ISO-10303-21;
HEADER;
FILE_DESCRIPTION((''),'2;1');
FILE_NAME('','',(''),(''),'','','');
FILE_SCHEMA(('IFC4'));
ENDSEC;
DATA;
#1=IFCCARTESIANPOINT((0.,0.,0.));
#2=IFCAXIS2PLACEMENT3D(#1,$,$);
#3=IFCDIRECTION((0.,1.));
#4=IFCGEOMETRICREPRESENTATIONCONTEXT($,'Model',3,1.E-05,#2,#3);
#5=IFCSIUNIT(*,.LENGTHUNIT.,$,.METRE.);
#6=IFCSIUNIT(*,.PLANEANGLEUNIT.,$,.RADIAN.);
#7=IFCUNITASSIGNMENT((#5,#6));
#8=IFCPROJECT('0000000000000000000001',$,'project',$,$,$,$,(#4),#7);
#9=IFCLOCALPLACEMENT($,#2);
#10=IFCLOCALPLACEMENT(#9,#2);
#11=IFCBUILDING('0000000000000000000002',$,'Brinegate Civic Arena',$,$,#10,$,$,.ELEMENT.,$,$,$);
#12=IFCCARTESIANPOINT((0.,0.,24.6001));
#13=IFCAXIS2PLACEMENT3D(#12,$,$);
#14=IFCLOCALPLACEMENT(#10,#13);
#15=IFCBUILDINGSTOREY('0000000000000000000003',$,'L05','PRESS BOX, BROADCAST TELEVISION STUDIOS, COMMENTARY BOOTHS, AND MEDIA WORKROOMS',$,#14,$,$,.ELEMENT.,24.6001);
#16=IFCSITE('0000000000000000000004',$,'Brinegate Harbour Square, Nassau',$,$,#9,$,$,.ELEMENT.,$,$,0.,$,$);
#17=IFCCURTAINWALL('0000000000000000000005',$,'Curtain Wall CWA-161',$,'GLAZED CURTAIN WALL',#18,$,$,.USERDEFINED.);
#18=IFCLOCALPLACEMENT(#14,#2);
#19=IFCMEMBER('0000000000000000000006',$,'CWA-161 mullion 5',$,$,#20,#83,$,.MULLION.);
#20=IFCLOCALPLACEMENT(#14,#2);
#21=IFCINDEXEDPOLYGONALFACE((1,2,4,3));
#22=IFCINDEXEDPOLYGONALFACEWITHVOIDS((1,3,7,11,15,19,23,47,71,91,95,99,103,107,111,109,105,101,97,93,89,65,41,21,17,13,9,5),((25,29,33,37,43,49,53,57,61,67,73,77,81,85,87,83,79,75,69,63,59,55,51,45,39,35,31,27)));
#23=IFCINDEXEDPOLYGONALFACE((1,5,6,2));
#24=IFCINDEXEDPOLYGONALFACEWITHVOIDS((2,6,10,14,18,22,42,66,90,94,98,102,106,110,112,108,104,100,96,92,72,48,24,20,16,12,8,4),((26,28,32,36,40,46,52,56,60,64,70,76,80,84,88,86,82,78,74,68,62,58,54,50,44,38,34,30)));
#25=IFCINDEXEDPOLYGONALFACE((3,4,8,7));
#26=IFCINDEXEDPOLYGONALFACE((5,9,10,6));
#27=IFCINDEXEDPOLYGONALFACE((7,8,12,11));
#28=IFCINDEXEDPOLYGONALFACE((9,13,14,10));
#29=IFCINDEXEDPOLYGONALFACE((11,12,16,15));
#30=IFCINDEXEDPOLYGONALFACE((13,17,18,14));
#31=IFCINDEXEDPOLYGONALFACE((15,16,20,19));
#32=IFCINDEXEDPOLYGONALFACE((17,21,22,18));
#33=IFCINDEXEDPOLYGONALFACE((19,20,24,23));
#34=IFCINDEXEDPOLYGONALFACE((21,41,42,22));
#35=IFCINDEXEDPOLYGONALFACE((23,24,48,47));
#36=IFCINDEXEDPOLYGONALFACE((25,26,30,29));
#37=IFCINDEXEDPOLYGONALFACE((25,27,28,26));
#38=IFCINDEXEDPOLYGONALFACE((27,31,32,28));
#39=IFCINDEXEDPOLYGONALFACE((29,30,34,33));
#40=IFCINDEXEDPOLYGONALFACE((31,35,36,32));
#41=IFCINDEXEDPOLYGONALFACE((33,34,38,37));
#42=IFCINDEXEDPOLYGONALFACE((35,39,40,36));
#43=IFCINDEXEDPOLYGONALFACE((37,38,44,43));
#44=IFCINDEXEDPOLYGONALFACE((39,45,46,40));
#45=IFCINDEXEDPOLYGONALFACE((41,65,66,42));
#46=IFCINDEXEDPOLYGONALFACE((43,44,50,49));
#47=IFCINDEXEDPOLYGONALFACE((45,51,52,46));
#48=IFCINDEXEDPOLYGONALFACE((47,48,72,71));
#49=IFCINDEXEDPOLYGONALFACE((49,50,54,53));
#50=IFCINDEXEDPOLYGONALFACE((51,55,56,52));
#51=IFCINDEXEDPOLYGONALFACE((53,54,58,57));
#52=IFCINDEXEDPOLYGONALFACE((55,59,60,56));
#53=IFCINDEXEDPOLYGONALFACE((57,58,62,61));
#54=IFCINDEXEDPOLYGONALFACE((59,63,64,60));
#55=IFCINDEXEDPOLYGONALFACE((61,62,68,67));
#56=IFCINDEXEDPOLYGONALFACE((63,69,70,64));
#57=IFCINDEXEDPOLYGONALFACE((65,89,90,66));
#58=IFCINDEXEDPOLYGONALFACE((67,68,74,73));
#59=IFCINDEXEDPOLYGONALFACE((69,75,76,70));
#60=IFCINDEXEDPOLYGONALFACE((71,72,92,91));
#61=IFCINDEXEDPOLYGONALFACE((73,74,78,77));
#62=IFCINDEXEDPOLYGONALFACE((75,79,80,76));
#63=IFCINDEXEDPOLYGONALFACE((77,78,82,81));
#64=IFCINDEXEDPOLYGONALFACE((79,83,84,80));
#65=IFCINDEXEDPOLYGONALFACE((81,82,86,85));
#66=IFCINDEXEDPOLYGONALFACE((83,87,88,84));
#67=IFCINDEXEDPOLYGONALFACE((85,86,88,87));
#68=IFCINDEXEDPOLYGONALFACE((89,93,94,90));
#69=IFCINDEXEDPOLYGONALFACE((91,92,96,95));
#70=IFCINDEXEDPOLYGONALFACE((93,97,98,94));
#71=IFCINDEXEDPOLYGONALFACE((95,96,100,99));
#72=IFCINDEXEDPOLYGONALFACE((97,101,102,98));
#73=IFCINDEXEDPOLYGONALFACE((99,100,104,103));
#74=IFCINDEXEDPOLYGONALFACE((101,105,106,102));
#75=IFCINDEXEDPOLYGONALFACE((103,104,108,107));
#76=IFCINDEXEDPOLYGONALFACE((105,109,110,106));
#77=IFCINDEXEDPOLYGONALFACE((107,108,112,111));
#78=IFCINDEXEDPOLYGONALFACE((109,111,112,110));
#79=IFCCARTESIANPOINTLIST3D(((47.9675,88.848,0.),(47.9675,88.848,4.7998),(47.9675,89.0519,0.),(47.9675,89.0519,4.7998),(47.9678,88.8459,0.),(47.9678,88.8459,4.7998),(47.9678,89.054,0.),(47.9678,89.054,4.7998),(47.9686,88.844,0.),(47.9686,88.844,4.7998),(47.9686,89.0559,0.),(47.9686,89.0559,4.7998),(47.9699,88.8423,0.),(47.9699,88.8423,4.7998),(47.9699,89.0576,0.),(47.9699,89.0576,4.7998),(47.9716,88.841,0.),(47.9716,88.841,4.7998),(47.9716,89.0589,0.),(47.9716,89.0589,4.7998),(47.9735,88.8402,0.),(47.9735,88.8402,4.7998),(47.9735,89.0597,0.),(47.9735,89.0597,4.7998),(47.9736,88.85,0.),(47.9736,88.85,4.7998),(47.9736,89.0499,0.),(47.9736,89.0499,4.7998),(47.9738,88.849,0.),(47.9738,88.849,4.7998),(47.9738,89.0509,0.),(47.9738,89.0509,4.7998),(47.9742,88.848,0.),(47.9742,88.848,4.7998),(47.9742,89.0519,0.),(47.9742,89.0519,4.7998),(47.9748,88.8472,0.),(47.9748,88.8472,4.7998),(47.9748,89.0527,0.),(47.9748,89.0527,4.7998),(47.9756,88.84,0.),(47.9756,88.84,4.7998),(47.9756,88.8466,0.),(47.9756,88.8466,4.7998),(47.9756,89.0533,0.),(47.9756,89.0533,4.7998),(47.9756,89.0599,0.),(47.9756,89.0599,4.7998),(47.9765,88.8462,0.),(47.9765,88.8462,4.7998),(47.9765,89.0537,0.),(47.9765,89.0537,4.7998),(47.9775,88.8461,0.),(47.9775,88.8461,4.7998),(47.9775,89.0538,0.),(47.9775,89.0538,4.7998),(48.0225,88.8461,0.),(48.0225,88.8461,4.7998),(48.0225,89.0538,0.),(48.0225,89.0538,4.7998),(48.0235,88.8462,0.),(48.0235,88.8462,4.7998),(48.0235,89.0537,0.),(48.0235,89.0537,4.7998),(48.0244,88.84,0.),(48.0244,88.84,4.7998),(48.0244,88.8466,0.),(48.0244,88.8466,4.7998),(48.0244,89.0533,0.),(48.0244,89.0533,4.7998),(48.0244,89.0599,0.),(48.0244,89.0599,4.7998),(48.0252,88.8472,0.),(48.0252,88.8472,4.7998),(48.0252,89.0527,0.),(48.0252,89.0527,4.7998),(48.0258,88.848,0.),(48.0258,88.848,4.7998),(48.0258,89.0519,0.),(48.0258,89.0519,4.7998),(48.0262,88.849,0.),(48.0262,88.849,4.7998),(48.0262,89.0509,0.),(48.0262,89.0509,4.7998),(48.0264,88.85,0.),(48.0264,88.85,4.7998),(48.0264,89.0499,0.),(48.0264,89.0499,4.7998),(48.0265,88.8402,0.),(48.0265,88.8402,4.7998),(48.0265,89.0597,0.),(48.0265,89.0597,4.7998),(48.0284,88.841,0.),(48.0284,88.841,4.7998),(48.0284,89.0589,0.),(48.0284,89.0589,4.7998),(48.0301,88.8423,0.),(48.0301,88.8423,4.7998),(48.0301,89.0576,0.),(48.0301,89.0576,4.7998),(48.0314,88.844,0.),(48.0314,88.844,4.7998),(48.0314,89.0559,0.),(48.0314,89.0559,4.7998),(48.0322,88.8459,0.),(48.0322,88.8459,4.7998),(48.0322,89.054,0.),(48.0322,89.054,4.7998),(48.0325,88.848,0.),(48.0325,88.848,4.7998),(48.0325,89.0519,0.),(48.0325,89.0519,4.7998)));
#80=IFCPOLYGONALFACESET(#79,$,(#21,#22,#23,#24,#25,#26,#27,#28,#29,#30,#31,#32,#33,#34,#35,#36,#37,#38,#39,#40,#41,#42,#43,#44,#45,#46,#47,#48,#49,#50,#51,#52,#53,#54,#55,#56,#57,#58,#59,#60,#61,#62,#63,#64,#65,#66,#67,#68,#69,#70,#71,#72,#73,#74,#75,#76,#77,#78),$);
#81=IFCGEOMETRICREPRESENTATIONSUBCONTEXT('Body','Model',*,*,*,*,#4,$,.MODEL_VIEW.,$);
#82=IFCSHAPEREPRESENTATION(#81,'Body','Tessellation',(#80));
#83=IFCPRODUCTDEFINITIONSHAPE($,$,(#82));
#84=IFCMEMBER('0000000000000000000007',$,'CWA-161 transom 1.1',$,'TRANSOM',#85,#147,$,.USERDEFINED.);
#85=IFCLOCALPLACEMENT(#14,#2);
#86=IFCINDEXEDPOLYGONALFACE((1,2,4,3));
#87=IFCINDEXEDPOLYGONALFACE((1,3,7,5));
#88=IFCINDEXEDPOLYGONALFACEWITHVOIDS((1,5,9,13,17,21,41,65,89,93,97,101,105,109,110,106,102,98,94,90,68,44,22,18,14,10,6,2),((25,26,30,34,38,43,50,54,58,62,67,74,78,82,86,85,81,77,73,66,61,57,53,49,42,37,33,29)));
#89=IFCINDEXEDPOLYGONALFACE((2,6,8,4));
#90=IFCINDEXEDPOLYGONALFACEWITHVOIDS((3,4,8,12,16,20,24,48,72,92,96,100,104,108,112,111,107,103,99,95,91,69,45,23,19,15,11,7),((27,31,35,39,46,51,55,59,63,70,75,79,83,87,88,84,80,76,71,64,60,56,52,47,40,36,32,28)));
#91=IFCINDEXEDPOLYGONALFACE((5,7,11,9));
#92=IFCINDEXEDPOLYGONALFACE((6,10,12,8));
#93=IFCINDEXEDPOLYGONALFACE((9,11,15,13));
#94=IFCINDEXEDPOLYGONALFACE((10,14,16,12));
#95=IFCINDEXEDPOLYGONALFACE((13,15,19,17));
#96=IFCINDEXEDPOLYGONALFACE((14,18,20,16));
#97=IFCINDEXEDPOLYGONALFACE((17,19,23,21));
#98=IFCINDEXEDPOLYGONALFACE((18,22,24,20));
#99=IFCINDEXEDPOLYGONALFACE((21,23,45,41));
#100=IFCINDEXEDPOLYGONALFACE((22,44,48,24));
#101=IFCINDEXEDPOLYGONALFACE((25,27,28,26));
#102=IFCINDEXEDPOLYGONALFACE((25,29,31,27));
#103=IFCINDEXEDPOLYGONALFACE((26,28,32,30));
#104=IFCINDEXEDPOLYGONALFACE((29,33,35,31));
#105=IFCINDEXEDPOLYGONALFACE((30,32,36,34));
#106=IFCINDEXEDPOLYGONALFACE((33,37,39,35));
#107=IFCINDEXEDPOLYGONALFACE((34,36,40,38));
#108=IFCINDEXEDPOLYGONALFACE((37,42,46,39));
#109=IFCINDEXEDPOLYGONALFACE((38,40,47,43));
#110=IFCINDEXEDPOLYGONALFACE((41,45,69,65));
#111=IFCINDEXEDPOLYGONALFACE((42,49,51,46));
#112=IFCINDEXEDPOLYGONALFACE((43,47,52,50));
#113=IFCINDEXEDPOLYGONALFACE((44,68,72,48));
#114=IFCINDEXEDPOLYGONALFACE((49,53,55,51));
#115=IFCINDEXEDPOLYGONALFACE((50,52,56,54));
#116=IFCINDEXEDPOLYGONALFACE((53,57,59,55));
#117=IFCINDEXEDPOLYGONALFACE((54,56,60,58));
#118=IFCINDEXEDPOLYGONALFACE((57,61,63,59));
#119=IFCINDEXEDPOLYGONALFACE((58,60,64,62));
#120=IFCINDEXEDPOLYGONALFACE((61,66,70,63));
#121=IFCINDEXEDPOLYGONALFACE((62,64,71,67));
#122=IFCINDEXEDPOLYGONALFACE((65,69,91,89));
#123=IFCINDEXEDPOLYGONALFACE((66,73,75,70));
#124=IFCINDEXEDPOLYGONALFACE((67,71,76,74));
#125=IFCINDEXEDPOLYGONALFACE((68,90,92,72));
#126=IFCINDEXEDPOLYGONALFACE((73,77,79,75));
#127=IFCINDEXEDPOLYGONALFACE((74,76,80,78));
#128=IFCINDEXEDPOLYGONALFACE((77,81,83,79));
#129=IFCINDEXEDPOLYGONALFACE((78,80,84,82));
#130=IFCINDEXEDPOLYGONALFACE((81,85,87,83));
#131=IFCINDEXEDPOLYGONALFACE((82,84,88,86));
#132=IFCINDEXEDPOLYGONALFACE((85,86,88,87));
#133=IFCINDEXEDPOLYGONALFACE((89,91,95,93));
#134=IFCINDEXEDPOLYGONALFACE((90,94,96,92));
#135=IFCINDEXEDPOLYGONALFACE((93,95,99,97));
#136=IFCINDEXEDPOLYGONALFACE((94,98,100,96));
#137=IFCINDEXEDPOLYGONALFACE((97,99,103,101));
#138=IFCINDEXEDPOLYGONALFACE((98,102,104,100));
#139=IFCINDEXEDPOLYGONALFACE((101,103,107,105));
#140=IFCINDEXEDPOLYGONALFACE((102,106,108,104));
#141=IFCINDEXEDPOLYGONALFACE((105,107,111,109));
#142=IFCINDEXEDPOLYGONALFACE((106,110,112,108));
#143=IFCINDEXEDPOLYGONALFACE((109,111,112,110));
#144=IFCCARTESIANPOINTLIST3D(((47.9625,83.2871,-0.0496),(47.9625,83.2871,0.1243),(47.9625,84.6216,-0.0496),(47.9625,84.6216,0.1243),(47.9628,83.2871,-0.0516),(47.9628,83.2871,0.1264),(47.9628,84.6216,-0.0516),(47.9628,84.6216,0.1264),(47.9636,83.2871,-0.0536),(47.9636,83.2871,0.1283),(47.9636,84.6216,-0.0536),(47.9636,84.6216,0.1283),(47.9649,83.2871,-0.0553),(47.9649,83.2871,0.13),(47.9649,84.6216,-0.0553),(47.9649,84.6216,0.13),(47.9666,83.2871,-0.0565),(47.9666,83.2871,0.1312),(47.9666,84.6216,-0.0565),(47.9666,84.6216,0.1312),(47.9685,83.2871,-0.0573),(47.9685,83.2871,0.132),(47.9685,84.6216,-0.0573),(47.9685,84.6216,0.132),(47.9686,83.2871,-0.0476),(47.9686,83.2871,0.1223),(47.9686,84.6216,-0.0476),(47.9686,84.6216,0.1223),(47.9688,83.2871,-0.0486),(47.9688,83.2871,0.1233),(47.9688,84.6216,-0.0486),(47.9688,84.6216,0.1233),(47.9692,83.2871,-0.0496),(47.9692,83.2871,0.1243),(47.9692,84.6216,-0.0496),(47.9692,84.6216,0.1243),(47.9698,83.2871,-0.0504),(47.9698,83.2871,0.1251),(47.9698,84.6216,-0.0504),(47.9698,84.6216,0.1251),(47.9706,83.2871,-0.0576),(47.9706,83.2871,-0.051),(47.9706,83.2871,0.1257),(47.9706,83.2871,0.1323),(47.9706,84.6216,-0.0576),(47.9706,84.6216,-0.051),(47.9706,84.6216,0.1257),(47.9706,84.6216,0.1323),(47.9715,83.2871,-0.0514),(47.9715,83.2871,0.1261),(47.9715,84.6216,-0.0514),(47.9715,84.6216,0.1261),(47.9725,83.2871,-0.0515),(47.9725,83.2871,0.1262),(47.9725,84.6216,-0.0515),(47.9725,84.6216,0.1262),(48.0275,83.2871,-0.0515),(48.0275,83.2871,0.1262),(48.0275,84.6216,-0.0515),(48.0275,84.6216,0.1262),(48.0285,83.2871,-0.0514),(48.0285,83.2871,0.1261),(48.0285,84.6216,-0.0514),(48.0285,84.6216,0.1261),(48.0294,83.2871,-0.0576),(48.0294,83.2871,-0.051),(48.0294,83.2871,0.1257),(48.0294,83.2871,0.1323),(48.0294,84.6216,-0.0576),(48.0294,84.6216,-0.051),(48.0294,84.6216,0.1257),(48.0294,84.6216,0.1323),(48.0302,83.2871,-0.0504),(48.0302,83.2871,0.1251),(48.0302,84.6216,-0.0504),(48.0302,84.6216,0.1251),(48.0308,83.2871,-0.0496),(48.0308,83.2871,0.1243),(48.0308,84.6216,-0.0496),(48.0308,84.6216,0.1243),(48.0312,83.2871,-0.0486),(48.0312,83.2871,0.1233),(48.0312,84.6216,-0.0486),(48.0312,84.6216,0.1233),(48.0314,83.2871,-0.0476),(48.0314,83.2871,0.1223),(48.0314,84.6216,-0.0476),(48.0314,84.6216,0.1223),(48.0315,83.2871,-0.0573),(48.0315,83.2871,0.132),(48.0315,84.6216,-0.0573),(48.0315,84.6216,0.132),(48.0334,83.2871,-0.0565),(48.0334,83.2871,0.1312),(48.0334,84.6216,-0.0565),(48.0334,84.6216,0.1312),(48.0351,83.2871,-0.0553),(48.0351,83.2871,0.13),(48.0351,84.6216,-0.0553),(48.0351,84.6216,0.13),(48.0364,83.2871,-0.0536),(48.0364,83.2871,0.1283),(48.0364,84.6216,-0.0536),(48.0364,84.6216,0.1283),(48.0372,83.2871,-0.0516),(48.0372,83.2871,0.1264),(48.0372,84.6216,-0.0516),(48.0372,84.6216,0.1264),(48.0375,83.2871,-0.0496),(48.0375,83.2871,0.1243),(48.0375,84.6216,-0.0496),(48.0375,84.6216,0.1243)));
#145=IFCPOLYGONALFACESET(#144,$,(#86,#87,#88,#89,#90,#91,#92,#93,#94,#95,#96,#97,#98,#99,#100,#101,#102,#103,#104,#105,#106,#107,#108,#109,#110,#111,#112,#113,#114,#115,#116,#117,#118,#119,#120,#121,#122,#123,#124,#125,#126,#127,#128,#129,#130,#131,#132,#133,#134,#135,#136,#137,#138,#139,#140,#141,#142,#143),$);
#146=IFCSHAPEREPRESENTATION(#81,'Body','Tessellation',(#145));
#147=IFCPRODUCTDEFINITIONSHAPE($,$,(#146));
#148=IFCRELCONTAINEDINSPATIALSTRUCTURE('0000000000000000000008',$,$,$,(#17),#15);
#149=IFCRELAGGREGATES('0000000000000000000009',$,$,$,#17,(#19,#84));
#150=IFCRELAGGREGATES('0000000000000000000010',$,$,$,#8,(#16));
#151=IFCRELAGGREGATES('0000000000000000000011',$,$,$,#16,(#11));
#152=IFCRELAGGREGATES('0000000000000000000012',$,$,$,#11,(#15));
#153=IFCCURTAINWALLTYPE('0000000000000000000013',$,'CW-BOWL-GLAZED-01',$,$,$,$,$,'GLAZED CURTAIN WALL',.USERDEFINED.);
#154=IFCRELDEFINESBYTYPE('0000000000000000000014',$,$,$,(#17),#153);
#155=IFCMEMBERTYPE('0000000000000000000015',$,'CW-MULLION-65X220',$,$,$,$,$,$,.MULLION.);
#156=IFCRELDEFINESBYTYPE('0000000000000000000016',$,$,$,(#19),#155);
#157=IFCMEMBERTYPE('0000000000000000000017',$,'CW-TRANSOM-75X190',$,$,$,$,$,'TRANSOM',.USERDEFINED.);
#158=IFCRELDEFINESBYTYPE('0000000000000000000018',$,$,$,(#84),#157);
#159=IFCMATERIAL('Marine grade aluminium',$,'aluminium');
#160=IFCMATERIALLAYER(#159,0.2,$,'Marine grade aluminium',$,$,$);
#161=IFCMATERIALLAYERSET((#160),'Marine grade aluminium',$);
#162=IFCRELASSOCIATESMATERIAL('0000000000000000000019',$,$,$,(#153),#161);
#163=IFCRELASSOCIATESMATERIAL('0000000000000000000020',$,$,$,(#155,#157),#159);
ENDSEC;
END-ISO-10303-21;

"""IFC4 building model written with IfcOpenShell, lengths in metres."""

from ifc_helpers import new_model, si_unit, direction, frame, origin, origin_2d, place, context, subcontext, project, spatial, hollow_rectangle, extrude, material, layer, layer_set, material_profile, profile_set, type_object, element, aggregate, save


model = new_model("IFC4")

# Units and contexts
model_context = context("Model", 3, precision=1e-05, world=origin(), true_north=direction((0.0, 1.0)))
body_context = subcontext(model_context, "Body", "Model", "MODEL_VIEW")
ifc_project = project(units=[si_unit("LENGTHUNIT", "METRE"), si_unit("PLANEANGLEUNIT", "RADIAN")], contexts=[model_context])

# Site, building, storey
site_placement = place(None, origin())
site = spatial("IfcSite", under=ifc_project, at=site_placement, Name="Brinegate Harbour Square, Nassau", CompositionType="ELEMENT", RefElevation=0.0)
building_placement = place(site_placement, origin())
building = spatial("IfcBuilding", under=site, at=building_placement, Name="Brinegate Civic Arena", CompositionType="ELEMENT")
storey_placement = place(building_placement, frame((0.0, 0.0, 24.6001)))
storey = spatial("IfcBuildingStorey", under=building, at=storey_placement, Name="L05", Description="PRESS BOX, BROADCAST TELEVISION STUDIOS, COMMENTARY BOOTHS, AND MEDIA WORKROOMS", CompositionType="ELEMENT", Elevation=24.6001)

# Curtain wall, members
ifc_material_1 = material(Name="Marine grade aluminium", Category="aluminium")
ifc_layer_1 = layer(ifc_material_1, 0.2, Name="Marine grade aluminium")
ifc_layer_set_1 = layer_set([ifc_layer_1], Name="Marine grade aluminium")
curtain_wall_type = type_object("IfcCurtainWallType", Name="CW-BOWL-GLAZED-01", ElementType="GLAZED CURTAIN WALL", PredefinedType="USERDEFINED", material=ifc_layer_set_1)
curtain_wall_placement = place(storey_placement, origin())
curtain_wall = element("IfcCurtainWall", 1, at=curtain_wall_placement, inside=storey, type_object=curtain_wall_type, Name="Curtain Wall CWA-161", ObjectType="GLAZED CURTAIN WALL", PredefinedType="USERDEFINED")
ifc_material_profile_1 = material_profile(ifc_material_1, hollow_rectangle(XDim=0.0649, YDim=0.22, WallThickness=0.0061, InnerFilletRadius=0.0039, OuterFilletRadius=0.0081, at=origin_2d()), Name="MUL65X220")
ifc_profile_set_1 = profile_set([ifc_material_profile_1], Name="Marine grade aluminium")
member_type_1 = type_object("IfcMemberType", Name="CW-MULLION-65X220", PredefinedType="MULLION", material=ifc_profile_set_1)
member_1_placement = place(storey_placement, frame((48.0, 88.95, 0.0), z_axis=(0.0, 0.0, 1.0), x_axis=(-1.0, 0.0, 0.0)))
member_1 = element("IfcMember", 2, at=member_1_placement, type_object=member_type_1, Name="CWA-161 mullion 5", PredefinedType="MULLION", context=body_context, shape_type="SweptSolid", body=[
    extrude(hollow_rectangle(XDim=0.0649, YDim=0.22, WallThickness=0.0061, InnerFilletRadius=0.0039, OuterFilletRadius=0.0081, at=origin_2d()), origin(), (0.0, 0.0, 1.0), 4.7998),
])
ifc_material_profile_2 = material_profile(ifc_material_1, hollow_rectangle(XDim=0.075, YDim=0.1899, WallThickness=0.0061, InnerFilletRadius=0.0039, OuterFilletRadius=0.0081, at=origin_2d()), Name="TRN75X190")
ifc_profile_set_2 = profile_set([ifc_material_profile_2], Name="Marine grade aluminium")
member_type_2 = type_object("IfcMemberType", Name="CW-TRANSOM-75X190", ElementType="TRANSOM", PredefinedType="USERDEFINED", material=ifc_profile_set_2)
member_2_placement = place(storey_placement, frame((48.0, 83.2871, 0.0374), z_axis=(0.0, 1.0, 0.0), x_axis=(-1.0, 0.0, 0.0)))
member_2 = element("IfcMember", 3, at=member_2_placement, type_object=member_type_2, Name="CWA-161 transom 1.1", ObjectType="TRANSOM", PredefinedType="USERDEFINED", context=body_context, shape_type="SweptSolid", body=[
    extrude(hollow_rectangle(XDim=0.075, YDim=0.1899, WallThickness=0.0061, InnerFilletRadius=0.0039, OuterFilletRadius=0.0081, at=origin_2d()), origin(), (0.0, 0.0, 1.0), 1.3345),
])
aggregate(curtain_wall, [member_1, member_2])

save(model, "model.ifc")
